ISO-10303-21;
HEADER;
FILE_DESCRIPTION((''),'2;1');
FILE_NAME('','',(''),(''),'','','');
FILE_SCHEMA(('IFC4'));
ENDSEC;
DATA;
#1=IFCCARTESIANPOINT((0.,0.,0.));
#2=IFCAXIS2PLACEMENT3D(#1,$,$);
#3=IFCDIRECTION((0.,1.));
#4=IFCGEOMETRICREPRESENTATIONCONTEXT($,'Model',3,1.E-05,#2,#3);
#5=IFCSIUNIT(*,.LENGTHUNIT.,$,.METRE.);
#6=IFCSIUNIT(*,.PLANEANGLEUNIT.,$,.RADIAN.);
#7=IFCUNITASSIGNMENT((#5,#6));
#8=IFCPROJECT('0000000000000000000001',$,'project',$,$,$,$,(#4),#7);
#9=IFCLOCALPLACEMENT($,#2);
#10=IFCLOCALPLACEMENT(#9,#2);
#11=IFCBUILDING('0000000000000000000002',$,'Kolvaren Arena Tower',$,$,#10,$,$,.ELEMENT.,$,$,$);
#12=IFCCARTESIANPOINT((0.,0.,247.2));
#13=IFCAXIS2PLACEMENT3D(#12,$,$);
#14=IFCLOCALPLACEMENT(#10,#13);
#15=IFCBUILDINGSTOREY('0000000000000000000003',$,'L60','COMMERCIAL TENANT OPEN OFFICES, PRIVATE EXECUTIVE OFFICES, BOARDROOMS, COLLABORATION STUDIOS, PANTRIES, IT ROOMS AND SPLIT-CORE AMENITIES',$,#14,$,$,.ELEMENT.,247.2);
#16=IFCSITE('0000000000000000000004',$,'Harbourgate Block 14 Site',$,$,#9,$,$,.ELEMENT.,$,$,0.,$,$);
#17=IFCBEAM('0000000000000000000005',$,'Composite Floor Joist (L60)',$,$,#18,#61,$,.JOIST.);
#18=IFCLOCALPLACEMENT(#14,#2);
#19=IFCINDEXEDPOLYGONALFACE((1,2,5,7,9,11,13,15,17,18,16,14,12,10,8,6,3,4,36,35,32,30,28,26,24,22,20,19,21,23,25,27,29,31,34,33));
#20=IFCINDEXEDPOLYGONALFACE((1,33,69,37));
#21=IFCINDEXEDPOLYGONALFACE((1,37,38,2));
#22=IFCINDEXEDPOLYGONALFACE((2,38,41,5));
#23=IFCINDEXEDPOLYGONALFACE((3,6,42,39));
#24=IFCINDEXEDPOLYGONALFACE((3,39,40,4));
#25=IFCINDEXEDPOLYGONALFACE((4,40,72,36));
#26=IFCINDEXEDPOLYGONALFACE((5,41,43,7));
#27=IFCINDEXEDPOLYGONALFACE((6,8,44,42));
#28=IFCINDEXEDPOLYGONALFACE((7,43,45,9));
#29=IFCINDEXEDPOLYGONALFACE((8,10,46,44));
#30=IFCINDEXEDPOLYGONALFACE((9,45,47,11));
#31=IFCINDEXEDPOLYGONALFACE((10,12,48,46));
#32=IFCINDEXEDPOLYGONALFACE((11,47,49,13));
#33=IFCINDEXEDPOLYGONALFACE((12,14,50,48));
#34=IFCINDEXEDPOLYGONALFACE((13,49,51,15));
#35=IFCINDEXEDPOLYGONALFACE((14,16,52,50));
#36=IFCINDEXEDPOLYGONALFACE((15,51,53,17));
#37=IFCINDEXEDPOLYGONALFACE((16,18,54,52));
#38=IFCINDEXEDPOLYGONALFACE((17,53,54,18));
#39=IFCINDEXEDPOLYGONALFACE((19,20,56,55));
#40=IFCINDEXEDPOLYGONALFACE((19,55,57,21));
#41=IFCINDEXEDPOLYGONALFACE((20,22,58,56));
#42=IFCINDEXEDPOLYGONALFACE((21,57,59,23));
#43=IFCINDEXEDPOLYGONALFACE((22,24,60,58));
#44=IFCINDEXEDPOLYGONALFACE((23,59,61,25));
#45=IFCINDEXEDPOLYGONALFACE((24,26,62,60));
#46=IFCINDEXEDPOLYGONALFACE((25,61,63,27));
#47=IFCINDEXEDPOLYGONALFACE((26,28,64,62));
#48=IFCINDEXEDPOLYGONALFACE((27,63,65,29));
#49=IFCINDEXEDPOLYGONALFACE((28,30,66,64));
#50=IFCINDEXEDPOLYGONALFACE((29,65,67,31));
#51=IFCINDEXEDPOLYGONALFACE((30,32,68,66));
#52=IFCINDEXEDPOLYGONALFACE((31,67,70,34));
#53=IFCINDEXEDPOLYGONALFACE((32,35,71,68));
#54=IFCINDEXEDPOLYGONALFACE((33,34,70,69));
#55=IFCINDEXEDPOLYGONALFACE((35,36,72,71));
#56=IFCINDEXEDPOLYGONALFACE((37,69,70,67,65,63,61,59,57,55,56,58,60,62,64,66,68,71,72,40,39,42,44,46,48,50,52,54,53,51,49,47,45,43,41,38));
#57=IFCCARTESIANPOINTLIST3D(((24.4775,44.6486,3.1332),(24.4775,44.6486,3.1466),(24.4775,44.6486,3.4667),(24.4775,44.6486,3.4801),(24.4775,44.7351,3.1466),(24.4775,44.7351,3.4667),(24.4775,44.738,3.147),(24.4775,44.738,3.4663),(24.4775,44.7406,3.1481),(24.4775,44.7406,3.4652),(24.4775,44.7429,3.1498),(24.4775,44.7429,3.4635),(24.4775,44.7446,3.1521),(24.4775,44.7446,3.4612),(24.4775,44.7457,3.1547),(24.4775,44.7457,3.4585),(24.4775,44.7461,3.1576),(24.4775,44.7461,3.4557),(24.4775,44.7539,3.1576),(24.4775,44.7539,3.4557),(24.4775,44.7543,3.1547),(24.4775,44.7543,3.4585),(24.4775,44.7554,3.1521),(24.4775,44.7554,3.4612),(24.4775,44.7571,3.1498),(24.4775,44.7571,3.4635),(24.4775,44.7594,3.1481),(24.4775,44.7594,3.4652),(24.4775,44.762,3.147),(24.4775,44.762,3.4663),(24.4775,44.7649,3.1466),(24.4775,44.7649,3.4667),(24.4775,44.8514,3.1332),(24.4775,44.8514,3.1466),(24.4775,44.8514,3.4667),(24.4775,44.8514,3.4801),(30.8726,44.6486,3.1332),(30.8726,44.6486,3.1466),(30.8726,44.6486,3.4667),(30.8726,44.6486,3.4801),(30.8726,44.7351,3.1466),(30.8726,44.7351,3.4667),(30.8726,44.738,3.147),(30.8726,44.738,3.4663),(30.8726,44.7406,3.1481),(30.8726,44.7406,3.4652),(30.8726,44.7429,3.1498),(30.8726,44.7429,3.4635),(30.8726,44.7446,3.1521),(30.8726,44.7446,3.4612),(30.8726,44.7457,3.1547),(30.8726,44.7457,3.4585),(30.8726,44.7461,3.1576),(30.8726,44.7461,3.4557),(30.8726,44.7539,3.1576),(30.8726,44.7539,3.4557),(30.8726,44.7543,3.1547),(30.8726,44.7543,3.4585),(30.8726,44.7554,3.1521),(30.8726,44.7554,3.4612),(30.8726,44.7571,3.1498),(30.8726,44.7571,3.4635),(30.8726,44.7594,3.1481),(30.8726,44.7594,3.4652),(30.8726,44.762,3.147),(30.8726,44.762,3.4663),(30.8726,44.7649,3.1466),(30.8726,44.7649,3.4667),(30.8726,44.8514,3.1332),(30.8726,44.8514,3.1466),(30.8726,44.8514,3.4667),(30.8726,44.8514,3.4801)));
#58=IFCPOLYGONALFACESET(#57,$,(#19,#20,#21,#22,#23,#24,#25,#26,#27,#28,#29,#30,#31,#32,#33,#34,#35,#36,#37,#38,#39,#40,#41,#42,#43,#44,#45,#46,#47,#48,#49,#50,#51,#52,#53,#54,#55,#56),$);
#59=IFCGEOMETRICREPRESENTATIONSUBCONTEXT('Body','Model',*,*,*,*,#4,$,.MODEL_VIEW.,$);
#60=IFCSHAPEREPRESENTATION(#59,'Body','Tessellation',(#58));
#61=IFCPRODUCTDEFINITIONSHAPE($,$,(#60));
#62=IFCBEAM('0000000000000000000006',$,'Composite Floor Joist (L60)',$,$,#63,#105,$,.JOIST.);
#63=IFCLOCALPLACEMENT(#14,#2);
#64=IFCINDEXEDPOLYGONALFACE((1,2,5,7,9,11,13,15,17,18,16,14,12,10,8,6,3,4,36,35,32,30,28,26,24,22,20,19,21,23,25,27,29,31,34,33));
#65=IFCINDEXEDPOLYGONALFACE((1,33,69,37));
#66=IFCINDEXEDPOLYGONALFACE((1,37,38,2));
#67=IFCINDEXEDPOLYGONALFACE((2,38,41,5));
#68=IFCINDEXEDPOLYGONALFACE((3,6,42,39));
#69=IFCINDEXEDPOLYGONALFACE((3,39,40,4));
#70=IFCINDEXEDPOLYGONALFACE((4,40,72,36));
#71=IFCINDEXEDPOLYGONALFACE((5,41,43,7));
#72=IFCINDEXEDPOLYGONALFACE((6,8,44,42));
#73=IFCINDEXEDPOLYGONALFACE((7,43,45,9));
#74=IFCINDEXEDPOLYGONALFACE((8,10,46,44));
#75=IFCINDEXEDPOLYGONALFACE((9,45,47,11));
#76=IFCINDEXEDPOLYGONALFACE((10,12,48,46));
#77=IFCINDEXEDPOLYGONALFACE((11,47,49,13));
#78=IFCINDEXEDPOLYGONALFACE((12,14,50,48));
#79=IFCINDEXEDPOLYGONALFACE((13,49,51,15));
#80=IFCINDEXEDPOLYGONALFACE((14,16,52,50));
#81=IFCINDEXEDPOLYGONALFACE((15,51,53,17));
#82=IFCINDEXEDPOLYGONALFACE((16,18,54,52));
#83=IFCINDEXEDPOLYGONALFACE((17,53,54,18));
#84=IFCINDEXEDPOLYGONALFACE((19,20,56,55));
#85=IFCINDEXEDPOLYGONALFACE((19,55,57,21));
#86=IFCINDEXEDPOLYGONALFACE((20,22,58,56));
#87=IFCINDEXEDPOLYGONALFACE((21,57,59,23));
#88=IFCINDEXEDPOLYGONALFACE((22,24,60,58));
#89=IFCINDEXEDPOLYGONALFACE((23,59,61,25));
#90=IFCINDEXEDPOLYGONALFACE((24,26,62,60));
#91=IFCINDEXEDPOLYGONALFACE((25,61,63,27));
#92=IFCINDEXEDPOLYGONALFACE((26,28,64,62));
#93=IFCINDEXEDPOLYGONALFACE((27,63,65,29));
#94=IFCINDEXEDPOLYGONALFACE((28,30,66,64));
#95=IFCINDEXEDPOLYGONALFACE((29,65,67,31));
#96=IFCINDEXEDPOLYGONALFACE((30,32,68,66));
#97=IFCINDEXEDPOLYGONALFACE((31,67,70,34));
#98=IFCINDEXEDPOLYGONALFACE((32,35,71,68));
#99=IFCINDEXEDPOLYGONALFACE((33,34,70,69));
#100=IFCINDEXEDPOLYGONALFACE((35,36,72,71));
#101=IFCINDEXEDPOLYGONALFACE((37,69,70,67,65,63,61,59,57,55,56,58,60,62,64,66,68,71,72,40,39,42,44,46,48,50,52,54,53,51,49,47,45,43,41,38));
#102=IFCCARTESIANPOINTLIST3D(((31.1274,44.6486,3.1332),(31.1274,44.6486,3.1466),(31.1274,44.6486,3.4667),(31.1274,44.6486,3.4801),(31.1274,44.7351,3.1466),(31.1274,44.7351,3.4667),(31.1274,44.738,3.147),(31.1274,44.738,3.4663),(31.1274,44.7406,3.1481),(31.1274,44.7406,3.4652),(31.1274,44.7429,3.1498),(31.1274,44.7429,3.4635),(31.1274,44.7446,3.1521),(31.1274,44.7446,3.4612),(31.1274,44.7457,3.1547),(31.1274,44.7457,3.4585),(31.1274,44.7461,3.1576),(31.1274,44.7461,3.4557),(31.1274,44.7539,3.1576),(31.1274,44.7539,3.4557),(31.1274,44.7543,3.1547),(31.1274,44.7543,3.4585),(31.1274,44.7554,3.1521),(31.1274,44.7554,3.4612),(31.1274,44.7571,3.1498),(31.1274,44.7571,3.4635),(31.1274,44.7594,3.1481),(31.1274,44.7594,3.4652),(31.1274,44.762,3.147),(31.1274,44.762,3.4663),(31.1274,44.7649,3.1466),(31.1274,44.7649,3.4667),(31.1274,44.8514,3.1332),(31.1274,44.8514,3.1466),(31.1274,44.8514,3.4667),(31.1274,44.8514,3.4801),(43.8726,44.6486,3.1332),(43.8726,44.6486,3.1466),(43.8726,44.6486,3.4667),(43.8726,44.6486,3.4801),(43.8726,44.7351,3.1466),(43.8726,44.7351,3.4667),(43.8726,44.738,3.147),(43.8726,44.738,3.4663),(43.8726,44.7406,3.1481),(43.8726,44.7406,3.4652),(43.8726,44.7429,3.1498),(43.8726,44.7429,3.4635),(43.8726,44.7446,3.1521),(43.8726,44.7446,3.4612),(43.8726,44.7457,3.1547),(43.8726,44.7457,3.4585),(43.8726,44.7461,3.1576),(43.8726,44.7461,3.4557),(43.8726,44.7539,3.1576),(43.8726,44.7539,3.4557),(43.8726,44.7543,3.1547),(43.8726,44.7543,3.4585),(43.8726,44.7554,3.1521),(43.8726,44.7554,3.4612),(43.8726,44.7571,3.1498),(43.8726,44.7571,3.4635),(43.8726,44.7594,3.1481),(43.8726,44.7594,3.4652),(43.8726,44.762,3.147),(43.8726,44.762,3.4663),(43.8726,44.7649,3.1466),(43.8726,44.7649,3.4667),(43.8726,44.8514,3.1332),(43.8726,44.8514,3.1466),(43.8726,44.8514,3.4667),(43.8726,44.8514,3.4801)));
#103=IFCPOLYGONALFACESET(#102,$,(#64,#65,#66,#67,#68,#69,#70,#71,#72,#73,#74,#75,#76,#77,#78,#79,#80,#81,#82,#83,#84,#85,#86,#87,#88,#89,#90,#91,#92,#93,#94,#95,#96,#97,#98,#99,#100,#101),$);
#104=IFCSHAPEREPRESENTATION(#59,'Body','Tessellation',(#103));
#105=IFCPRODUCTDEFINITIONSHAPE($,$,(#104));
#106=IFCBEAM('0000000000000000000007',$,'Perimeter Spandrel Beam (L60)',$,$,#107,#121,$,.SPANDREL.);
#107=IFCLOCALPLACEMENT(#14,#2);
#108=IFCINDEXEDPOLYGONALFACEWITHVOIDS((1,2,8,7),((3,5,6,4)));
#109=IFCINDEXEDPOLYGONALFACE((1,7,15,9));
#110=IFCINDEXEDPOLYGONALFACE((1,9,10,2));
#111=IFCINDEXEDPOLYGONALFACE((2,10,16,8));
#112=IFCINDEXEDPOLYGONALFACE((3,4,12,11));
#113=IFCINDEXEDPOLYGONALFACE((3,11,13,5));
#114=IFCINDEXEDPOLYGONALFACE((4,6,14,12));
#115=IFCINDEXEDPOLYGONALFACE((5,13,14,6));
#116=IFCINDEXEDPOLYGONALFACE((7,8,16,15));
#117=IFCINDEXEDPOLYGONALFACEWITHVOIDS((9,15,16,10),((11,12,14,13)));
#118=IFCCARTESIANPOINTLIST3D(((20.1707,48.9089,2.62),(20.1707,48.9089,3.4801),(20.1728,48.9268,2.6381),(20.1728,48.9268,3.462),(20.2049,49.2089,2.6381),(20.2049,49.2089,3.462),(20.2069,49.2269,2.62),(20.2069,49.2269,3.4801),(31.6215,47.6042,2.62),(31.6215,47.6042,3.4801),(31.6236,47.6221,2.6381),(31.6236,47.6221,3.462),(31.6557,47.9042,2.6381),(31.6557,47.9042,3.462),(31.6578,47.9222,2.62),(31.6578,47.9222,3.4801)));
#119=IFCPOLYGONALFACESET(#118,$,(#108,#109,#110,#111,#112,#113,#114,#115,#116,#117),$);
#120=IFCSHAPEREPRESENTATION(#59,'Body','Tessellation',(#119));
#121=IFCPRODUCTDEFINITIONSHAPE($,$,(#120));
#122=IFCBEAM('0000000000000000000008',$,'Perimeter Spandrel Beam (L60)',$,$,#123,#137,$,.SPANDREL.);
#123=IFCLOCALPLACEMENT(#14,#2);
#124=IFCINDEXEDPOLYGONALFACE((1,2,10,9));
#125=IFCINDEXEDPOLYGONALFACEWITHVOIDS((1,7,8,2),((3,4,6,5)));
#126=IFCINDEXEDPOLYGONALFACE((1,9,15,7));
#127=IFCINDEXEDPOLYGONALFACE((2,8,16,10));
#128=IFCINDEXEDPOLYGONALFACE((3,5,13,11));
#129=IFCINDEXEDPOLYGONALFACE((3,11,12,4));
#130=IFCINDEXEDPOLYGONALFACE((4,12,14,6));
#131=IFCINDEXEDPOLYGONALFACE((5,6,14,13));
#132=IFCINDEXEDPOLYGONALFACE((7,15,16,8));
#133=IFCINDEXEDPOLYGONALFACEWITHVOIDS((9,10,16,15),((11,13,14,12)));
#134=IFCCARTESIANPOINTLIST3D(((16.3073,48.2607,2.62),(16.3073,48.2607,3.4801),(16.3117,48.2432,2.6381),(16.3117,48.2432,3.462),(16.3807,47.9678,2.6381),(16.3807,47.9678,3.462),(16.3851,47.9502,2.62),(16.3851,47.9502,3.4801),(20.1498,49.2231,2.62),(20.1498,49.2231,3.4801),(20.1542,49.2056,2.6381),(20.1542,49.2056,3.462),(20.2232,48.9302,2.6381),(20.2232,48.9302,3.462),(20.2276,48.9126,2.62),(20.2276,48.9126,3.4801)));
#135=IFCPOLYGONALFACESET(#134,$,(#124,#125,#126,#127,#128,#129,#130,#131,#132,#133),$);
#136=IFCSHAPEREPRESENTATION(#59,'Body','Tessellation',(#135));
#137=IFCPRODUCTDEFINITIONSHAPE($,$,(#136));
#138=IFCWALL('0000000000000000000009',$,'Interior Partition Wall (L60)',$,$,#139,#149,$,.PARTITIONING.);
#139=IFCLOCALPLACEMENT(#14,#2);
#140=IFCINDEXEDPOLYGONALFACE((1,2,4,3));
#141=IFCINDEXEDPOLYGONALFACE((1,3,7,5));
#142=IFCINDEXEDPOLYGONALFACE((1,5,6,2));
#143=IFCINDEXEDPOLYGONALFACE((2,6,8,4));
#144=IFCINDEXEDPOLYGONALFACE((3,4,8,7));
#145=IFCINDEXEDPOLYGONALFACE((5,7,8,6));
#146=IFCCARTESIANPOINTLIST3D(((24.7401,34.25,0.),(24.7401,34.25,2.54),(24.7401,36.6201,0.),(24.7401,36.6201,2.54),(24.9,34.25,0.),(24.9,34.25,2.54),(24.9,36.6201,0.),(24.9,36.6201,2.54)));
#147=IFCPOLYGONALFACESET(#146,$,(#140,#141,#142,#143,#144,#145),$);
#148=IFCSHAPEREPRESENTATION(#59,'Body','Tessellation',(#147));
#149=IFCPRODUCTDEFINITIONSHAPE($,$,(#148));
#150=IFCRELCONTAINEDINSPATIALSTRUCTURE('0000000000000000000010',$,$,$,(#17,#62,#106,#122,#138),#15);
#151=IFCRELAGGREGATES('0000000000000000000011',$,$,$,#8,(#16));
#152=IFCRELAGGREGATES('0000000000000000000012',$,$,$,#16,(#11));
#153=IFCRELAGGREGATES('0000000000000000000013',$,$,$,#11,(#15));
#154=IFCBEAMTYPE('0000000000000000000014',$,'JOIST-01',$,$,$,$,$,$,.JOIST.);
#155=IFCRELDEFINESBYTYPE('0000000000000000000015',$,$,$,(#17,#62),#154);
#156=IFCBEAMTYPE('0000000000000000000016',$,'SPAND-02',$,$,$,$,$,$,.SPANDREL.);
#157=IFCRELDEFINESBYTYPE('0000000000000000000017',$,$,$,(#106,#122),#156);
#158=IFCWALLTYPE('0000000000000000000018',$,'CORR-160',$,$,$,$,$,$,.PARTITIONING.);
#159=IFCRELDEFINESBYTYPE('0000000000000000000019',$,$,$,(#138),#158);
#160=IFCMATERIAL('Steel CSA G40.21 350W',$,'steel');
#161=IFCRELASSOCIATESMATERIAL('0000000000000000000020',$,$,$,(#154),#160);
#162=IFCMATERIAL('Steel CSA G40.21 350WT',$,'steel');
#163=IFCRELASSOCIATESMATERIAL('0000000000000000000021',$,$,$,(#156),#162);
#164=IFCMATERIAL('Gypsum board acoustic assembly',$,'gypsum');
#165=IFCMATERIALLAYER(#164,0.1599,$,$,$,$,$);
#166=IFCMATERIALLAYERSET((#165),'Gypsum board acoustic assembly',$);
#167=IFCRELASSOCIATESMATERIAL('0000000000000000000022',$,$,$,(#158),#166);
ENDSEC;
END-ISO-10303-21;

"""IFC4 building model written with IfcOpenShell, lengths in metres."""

from ifc_helpers import new_model, si_unit, direction, frame, frame_2d, origin, origin_2d, place, context, subcontext, project, spatial, rectangle, hollow_rectangle, i_section, extrude, material, layer, layer_set, material_profile, profile_set, type_object, element, save


model = new_model("IFC4")

# Units and contexts
model_context = context("Model", 3, precision=1e-05, world=origin(), true_north=direction((0.0, 1.0)))
body_context = subcontext(model_context, "Body", "Model", "MODEL_VIEW")
ifc_project = project(units=[si_unit("LENGTHUNIT", "METRE"), si_unit("PLANEANGLEUNIT", "RADIAN")], contexts=[model_context])

# Site, building, storey
site_placement = place(None, origin())
site = spatial("IfcSite", under=ifc_project, at=site_placement, Name="Harbourgate Block 14 Site", CompositionType="ELEMENT", RefElevation=0.0)
building_placement = place(site_placement, origin())
building = spatial("IfcBuilding", under=site, at=building_placement, Name="Kolvaren Arena Tower", CompositionType="ELEMENT")
storey_placement = place(building_placement, frame((0.0, 0.0, 247.2)))
storey = spatial("IfcBuildingStorey", under=building, at=storey_placement, Name="L60", Description="COMMERCIAL TENANT OPEN OFFICES, PRIVATE EXECUTIVE OFFICES, BOARDROOMS, COLLABORATION STUDIOS, PANTRIES, IT ROOMS AND SPLIT-CORE AMENITIES", CompositionType="ELEMENT", Elevation=247.2)

# Beams
ifc_material_1 = material(Name="Steel CSA G40.21 350W", Category="steel")
ifc_material_profile_1 = material_profile(ifc_material_1, i_section(OverallWidth=0.2029, OverallDepth=0.3469, WebThickness=0.0078, FlangeThickness=0.0134, FilletRadius=0.011, at=origin_2d()), Name="W360x64")
ifc_profile_set_1 = profile_set([ifc_material_profile_1], Name="Steel CSA G40.21 350W")
beam_type_1 = type_object("IfcBeamType", Name="JOIST-01", PredefinedType="JOIST", material=ifc_profile_set_1)
beam_1_placement = place(storey_placement, frame((24.4775, 44.75, 3.3066), z_axis=(1.0, 0.0, 0.0), x_axis=(0.0, 1.0, 0.0)))
element("IfcBeam", 1, at=beam_1_placement, inside=storey, type_object=beam_type_1, Name="Composite Floor Joist (L60)", PredefinedType="JOIST", context=body_context, shape_type="SweptSolid", body=[
    extrude(i_section(OverallWidth=0.2029, OverallDepth=0.3469, WebThickness=0.0078, FlangeThickness=0.0134, FilletRadius=0.011, at=origin_2d()), origin(), (0.0, 0.0, 1.0), 6.395),
])
beam_2_placement = place(storey_placement, frame((31.1274, 44.75, 3.3066), z_axis=(1.0, 0.0, 0.0), x_axis=(0.0, 1.0, 0.0)))
element("IfcBeam", 2, at=beam_2_placement, inside=storey, type_object=beam_type_1, Name="Composite Floor Joist (L60)", PredefinedType="JOIST", context=body_context, shape_type="SweptSolid", body=[
    extrude(i_section(OverallWidth=0.2029, OverallDepth=0.3469, WebThickness=0.0078, FlangeThickness=0.0134, FilletRadius=0.011, at=origin_2d()), origin(), (0.0, 0.0, 1.0), 12.7451),
])
ifc_material_2 = material(Name="Steel CSA G40.21 350WT", Category="steel")
ifc_material_profile_2 = material_profile(ifc_material_2, hollow_rectangle(XDim=0.3201, YDim=0.8601, WallThickness=0.0181, at=origin_2d()), Name="HSS 860x320x18")
ifc_profile_set_2 = profile_set([ifc_material_profile_2], Name="Steel CSA G40.21 350WT")
beam_type_2 = type_object("IfcBeamType", Name="SPAND-02", PredefinedType="SPANDREL", material=ifc_profile_set_2)
beam_3_placement = place(storey_placement, frame((31.6396, 47.7632, 3.05), z_axis=(-0.993572, 0.113205, 0.0), x_axis=(-0.113205, -0.993572, 0.0)))
element("IfcBeam", 3, at=beam_3_placement, inside=storey, type_object=beam_type_2, Name="Perimeter Spandrel Beam (L60)", PredefinedType="SPANDREL", context=body_context, shape_type="SweptSolid", body=[
    extrude(hollow_rectangle(XDim=0.3201, YDim=0.8601, WallThickness=0.0181, at=origin_2d()), origin(), (0.0, 0.0, 1.0), 11.5249),
])
beam_4_placement = place(storey_placement, frame((20.1887, 49.0679, 3.05), z_axis=(-0.970037, -0.242956, 0.0), x_axis=(0.242956, -0.970037, 0.0)))
element("IfcBeam", 4, at=beam_4_placement, inside=storey, type_object=beam_type_2, Name="Perimeter Spandrel Beam (L60)", PredefinedType="SPANDREL", context=body_context, shape_type="SweptSolid", body=[
    extrude(hollow_rectangle(XDim=0.3201, YDim=0.8601, WallThickness=0.0181, at=origin_2d()), origin(), (0.0, 0.0, 1.0), 3.9612),
])

# Wall
ifc_material_3 = material(Name="Gypsum board acoustic assembly", Category="gypsum")
ifc_layer_1 = layer(ifc_material_3, 0.1599)
ifc_layer_set_1 = layer_set([ifc_layer_1], Name="Gypsum board acoustic assembly")
wall_type_1 = type_object("IfcWallType", Name="CORR-160", PredefinedType="PARTITIONING", material=ifc_layer_set_1)
wall_1_placement = place(storey_placement, frame((24.8201, 34.25, 0.0), z_axis=(0.0, 0.0, 1.0), x_axis=(0.0, 1.0, 0.0)))
element("IfcWall", 5, at=wall_1_placement, inside=storey, type_object=wall_type_1, Name="Interior Partition Wall (L60)", PredefinedType="PARTITIONING", context=body_context, shape_type="SweptSolid", body=[
    extrude(rectangle(XDim=2.3701, YDim=0.1599, at=frame_2d((1.1851, 0.0))), origin(), (0.0, 0.0, 1.0), 2.54),
])

save(model, "model.ifc")
